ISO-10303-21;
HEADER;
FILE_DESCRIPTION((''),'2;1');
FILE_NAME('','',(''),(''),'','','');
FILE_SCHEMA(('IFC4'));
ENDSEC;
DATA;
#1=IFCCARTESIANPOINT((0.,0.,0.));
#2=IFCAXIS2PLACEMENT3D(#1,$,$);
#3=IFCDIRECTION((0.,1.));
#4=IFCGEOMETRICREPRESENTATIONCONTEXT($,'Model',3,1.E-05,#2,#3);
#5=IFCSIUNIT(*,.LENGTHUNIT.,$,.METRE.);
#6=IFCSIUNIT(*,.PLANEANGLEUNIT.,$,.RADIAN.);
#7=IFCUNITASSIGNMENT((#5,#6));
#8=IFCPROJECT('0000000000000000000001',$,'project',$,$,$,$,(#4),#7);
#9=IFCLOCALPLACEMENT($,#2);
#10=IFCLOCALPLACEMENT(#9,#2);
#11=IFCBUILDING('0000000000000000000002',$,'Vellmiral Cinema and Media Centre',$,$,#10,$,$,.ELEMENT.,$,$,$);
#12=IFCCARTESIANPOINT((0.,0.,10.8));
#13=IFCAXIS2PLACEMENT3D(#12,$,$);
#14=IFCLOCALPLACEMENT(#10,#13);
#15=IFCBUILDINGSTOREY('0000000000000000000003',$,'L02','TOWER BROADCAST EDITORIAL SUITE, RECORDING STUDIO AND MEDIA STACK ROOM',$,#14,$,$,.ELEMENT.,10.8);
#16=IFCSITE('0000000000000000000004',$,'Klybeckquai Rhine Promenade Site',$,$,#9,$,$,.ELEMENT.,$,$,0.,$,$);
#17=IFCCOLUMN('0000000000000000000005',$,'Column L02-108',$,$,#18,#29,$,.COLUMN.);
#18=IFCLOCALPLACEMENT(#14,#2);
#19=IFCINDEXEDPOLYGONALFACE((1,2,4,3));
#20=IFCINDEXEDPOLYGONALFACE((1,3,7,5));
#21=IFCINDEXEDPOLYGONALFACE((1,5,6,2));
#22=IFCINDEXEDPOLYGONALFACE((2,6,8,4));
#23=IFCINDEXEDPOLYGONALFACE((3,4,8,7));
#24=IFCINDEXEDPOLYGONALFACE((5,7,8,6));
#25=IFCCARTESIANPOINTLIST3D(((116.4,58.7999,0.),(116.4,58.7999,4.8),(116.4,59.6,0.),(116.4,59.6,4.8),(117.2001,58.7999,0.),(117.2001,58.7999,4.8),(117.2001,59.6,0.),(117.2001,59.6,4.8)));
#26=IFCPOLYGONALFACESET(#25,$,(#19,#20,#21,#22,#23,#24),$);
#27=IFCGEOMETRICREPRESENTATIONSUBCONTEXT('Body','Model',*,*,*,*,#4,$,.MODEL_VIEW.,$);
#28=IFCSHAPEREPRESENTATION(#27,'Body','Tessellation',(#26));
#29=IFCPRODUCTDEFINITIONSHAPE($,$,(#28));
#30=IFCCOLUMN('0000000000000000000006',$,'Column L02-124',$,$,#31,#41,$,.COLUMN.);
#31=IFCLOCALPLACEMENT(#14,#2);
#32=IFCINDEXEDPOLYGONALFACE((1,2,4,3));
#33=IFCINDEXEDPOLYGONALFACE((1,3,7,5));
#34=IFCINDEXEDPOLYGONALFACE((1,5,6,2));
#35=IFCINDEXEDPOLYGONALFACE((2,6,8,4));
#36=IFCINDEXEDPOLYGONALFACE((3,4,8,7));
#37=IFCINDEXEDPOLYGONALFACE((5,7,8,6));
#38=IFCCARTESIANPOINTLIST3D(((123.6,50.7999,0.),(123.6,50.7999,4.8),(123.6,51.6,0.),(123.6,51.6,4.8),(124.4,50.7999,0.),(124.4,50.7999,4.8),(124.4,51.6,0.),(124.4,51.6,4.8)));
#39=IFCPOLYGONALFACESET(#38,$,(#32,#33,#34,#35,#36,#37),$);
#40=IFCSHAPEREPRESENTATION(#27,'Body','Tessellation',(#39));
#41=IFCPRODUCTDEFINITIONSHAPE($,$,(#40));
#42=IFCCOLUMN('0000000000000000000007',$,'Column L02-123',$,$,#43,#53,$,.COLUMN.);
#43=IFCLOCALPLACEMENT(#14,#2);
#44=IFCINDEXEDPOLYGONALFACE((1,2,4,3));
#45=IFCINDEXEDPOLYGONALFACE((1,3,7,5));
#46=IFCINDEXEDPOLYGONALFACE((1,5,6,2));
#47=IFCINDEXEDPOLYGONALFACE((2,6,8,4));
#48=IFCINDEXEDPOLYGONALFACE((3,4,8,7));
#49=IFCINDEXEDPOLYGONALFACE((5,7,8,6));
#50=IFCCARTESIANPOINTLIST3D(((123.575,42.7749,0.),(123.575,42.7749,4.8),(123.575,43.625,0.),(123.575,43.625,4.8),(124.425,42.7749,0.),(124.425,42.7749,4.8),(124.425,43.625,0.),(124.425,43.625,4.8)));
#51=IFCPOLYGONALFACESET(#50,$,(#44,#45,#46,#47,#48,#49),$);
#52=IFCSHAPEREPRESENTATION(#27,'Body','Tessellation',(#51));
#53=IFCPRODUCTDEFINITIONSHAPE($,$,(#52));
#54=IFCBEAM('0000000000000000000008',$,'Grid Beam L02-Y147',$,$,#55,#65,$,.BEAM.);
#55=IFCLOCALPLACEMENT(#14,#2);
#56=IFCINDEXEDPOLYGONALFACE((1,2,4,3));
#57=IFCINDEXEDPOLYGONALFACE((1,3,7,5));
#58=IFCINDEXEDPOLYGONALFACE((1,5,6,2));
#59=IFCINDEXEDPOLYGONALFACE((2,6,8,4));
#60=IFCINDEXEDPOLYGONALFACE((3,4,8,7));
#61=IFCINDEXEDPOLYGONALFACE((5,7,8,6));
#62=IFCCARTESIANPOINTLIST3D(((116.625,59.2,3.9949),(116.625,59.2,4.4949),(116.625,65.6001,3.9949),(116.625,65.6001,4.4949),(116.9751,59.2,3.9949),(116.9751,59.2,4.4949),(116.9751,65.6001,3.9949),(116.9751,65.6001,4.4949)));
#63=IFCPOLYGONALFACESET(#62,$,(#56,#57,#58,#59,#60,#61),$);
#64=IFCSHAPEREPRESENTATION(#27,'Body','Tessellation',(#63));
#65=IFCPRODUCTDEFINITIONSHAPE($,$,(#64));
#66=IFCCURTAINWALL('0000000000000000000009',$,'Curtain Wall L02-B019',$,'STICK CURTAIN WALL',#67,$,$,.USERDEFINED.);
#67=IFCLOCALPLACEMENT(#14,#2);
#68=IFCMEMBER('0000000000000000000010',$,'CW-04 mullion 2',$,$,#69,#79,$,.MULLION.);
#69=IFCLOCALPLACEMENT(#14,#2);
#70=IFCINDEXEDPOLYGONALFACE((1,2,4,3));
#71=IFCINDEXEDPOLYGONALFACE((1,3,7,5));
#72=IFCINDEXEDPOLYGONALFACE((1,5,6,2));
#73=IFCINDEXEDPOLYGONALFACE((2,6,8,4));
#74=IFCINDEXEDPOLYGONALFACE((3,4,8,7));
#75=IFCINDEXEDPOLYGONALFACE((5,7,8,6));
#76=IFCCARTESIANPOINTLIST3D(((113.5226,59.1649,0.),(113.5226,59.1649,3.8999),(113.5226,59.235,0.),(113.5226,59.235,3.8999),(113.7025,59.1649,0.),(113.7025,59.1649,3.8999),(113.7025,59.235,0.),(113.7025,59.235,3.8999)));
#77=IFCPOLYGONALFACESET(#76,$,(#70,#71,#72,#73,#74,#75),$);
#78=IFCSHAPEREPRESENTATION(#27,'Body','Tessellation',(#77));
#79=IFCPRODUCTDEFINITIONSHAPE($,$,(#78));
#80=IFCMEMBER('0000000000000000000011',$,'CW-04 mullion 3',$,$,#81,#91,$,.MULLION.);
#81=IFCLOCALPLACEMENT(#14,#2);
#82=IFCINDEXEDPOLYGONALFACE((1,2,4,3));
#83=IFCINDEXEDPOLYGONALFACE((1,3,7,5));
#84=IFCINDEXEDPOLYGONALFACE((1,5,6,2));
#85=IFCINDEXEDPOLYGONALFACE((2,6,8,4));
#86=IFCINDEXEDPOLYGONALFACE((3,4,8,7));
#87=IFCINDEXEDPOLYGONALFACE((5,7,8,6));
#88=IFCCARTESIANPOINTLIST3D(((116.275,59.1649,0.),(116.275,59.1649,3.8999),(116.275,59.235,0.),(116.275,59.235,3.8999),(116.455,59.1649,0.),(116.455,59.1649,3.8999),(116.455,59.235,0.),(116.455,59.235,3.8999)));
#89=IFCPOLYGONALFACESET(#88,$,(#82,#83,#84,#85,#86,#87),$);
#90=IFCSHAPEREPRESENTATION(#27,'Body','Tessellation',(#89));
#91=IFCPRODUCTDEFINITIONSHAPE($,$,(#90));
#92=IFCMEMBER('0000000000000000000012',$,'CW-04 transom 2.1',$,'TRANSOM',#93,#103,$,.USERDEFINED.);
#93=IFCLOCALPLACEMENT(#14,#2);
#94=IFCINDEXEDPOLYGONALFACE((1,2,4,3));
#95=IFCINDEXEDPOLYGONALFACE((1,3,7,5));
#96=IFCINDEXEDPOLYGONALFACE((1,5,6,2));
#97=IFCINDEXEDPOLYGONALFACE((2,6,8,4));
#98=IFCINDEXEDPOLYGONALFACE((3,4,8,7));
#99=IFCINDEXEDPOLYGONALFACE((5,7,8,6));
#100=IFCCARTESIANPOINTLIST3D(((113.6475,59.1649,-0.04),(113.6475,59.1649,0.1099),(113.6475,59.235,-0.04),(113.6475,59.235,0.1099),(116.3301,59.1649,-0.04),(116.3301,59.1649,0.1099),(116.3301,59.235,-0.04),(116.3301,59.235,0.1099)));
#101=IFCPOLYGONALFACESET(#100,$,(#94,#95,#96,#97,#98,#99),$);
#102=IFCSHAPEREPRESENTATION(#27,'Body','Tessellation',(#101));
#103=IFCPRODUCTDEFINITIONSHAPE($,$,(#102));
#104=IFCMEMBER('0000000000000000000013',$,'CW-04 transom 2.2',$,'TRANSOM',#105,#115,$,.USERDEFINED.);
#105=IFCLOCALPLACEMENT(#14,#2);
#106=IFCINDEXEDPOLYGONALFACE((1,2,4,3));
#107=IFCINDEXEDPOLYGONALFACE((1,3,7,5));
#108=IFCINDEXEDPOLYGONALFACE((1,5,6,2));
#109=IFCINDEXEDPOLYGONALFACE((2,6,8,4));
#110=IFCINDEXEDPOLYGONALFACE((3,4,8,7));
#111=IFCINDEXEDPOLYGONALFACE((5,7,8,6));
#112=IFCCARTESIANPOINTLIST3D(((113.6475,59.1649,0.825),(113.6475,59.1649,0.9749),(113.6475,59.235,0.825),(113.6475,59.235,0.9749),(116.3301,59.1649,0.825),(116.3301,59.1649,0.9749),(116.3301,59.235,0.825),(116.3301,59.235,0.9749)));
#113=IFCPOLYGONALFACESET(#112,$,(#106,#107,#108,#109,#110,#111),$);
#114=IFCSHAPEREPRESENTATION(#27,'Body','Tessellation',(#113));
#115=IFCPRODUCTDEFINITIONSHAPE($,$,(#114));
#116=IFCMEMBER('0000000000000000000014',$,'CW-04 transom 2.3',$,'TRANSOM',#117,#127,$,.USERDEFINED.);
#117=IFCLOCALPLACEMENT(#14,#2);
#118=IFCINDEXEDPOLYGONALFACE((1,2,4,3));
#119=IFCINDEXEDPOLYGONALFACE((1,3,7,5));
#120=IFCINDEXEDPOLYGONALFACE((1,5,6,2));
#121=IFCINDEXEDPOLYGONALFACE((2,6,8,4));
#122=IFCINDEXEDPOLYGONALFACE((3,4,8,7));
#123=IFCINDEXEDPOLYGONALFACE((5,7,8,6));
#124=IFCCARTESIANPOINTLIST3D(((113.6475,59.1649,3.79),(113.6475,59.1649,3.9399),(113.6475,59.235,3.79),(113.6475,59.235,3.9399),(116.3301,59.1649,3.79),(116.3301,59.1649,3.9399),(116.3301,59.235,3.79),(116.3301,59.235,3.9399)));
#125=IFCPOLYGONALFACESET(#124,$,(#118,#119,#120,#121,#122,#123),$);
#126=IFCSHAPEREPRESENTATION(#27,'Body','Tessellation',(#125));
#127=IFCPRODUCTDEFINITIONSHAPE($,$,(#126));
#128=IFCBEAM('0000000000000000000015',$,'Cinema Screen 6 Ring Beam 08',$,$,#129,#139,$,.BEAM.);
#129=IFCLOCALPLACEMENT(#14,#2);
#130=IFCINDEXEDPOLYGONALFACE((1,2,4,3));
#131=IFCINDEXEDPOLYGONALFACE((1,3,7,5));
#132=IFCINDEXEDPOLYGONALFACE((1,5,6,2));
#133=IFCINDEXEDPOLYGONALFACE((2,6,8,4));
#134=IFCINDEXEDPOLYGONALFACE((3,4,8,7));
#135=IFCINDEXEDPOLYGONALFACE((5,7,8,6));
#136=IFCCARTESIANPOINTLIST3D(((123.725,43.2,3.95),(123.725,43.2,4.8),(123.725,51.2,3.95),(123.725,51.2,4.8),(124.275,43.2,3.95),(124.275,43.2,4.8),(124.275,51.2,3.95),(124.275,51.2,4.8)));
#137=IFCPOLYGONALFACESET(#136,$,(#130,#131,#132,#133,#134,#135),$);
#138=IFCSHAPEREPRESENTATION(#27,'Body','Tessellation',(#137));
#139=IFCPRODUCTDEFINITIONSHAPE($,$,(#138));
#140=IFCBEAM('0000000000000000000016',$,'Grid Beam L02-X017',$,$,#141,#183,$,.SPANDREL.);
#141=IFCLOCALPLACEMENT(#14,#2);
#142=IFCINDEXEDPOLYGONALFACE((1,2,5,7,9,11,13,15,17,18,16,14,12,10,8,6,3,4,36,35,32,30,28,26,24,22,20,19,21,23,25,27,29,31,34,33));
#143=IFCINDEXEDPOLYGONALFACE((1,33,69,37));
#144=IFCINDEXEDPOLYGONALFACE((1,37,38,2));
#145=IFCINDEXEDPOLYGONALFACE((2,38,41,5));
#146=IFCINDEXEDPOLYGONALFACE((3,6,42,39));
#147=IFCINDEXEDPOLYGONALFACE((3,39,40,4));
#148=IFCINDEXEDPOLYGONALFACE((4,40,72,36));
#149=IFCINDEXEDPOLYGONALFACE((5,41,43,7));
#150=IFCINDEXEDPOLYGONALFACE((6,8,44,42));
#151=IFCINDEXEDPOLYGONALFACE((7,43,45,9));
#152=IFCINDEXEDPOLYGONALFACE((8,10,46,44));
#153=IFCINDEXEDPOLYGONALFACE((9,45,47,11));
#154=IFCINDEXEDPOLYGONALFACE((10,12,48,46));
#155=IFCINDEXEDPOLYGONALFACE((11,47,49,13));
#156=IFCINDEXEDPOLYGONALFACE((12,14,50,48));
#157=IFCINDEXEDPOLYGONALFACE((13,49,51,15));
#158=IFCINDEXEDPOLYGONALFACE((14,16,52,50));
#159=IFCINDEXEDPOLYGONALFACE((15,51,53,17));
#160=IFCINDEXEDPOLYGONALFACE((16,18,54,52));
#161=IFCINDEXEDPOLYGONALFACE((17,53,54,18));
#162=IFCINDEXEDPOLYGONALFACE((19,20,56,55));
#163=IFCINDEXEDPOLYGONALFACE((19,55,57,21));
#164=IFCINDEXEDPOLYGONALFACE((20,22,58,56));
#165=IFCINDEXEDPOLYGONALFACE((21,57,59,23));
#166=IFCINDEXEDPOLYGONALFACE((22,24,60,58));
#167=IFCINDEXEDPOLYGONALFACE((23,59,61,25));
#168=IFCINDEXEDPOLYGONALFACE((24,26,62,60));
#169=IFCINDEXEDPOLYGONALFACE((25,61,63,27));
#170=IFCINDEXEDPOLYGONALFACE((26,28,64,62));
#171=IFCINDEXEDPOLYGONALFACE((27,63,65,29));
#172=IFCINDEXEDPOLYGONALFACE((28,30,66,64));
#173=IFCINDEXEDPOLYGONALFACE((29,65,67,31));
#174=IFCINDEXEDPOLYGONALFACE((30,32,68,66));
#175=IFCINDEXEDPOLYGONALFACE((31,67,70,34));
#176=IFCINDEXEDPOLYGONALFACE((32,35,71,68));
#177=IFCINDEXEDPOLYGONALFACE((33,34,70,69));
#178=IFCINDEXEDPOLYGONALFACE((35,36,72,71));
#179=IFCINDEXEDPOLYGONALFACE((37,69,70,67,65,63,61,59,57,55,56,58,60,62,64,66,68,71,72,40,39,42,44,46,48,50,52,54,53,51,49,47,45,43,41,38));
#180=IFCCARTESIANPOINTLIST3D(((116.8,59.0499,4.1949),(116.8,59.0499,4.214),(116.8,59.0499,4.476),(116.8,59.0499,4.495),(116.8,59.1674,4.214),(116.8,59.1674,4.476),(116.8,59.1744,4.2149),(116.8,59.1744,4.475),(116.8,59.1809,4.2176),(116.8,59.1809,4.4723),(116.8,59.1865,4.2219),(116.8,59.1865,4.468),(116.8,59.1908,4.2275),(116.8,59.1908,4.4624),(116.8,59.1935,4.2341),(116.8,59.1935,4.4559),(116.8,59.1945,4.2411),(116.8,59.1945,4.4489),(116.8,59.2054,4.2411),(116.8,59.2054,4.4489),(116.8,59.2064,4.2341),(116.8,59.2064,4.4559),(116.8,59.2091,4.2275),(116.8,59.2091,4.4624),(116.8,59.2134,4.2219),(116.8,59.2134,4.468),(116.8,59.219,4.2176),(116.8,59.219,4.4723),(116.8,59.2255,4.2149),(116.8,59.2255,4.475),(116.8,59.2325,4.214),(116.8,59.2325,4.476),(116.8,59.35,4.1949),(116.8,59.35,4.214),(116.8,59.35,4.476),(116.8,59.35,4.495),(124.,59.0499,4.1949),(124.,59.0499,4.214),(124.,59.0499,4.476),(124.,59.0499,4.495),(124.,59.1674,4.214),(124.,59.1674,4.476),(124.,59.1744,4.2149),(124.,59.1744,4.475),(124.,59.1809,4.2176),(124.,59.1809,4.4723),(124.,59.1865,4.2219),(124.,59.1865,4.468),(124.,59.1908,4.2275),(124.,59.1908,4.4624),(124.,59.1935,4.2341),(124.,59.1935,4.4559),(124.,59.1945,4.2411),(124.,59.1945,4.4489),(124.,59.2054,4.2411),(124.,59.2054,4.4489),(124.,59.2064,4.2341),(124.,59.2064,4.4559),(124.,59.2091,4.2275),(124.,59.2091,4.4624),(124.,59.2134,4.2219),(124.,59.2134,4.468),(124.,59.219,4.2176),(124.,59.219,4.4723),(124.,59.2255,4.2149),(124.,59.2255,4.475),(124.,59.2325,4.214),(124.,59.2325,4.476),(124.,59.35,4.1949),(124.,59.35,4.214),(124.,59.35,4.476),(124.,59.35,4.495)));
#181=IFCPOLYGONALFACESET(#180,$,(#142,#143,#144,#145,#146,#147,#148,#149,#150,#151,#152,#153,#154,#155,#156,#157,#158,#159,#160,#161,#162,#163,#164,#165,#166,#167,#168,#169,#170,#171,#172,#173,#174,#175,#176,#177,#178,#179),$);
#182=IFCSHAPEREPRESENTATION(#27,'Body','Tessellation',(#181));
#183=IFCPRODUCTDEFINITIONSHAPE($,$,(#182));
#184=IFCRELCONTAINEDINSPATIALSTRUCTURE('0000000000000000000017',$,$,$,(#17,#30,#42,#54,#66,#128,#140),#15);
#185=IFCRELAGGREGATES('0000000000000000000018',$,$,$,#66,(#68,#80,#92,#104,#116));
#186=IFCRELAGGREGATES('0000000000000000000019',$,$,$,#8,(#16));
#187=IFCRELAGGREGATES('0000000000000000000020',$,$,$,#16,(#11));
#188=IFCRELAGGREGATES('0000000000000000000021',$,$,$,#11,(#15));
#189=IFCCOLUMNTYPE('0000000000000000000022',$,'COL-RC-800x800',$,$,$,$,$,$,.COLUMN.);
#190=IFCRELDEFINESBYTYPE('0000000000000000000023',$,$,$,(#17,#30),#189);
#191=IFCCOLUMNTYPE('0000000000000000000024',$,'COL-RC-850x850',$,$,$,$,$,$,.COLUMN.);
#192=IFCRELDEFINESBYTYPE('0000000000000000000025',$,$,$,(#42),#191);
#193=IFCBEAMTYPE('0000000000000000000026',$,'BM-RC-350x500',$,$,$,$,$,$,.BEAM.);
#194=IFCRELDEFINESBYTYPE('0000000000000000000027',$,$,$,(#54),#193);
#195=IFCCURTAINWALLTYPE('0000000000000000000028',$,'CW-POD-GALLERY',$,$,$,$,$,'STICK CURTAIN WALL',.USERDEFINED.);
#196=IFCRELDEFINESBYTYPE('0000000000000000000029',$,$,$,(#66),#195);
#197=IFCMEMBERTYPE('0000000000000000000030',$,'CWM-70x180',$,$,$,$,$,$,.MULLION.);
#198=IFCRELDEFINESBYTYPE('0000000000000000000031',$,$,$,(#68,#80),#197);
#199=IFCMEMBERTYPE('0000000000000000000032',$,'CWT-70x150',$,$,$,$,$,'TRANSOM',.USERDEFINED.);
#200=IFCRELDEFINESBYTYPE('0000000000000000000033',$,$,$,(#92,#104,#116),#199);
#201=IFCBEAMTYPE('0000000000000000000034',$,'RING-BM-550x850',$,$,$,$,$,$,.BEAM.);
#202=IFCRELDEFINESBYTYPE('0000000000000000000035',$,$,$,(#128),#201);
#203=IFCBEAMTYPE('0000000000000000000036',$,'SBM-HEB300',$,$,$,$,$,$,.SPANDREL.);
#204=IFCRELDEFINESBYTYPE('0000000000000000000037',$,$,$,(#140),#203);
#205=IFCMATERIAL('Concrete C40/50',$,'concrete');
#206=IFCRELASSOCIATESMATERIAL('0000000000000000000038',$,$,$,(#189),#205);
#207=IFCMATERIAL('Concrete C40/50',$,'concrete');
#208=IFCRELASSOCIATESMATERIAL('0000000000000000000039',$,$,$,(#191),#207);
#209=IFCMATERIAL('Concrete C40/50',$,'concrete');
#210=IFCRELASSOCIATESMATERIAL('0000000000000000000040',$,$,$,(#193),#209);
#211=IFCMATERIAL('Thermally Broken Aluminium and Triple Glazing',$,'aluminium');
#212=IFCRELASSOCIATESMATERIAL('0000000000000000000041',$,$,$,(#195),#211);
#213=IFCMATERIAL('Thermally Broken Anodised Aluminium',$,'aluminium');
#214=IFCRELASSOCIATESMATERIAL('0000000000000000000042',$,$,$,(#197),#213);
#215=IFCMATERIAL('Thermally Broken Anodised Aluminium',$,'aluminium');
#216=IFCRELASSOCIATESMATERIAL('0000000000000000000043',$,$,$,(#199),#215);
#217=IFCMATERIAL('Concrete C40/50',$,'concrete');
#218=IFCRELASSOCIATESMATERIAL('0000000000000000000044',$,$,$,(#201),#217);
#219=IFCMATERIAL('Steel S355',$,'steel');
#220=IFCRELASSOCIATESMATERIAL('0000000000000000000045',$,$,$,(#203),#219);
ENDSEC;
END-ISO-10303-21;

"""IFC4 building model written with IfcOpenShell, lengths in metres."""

from ifc_helpers import new_model, si_unit, direction, frame, origin, origin_2d, place, context, subcontext, project, spatial, rectangle, i_section, extrude, material, material_profile, profile_set, type_object, element, aggregate, save


model = new_model("IFC4")

# Units and contexts
model_context = context("Model", 3, precision=1e-05, world=origin(), true_north=direction((0.0, 1.0)))
body_context = subcontext(model_context, "Body", "Model", "MODEL_VIEW")
ifc_project = project(units=[si_unit("LENGTHUNIT", "METRE"), si_unit("PLANEANGLEUNIT", "RADIAN")], contexts=[model_context])

# Site, building, storey
site_placement = place(None, origin())
site = spatial("IfcSite", under=ifc_project, at=site_placement, Name="Klybeckquai Rhine Promenade Site", CompositionType="ELEMENT", RefElevation=0.0)
building_placement = place(site_placement, origin())
building = spatial("IfcBuilding", under=site, at=building_placement, Name="Vellmiral Cinema and Media Centre", CompositionType="ELEMENT")
storey_placement = place(building_placement, frame((0.0, 0.0, 10.8)))
storey = spatial("IfcBuildingStorey", under=building, at=storey_placement, Name="L02", Description="TOWER BROADCAST EDITORIAL SUITE, RECORDING STUDIO AND MEDIA STACK ROOM", CompositionType="ELEMENT", Elevation=10.8)

# Columns
ifc_material_1 = material(Name="Concrete C40/50", Category="concrete")
ifc_material_profile_1 = material_profile(ifc_material_1, rectangle(XDim=0.8, YDim=0.8, at=origin_2d()), Name="RC 800x800")
ifc_profile_set_1 = profile_set([ifc_material_profile_1], Name="Concrete C40/50")
column_type_1 = type_object("IfcColumnType", Name="COL-RC-800x800", PredefinedType="COLUMN", material=ifc_profile_set_1)
for number, where, z_axis, x_axis, name in (
    (1, (116.8, 59.2, 0.0), (0.0, 0.0, 1.0), (1.0, 0.0, 0.0), "Column L02-108"),
    (2, (124.0, 51.2, 0.0), (0.0, 0.0, 1.0), (1.0, 0.0, 0.0), "Column L02-124"),
):
    element("IfcColumn", number, at=place(storey_placement, frame(where, z_axis=z_axis, x_axis=x_axis)), inside=storey, type_object=column_type_1, Name=name, PredefinedType="COLUMN", context=body_context, shape_type="SweptSolid", body=[
        extrude(rectangle(XDim=0.8, YDim=0.8, at=origin_2d()), origin(), (0.0, 0.0, 1.0), 4.8),
    ])
ifc_material_2 = material(Name="Concrete C40/50", Category="concrete")
ifc_material_profile_2 = material_profile(ifc_material_2, rectangle(XDim=0.8501, YDim=0.8501, at=origin_2d()), Name="RC 850x850")
ifc_profile_set_2 = profile_set([ifc_material_profile_2], Name="Concrete C40/50")
column_type_2 = type_object("IfcColumnType", Name="COL-RC-850x850", PredefinedType="COLUMN", material=ifc_profile_set_2)
column_placement = place(storey_placement, frame((124.0, 43.2, 0.0), z_axis=(0.0, 0.0, 1.0), x_axis=(1.0, 0.0, 0.0)))
element("IfcColumn", 3, at=column_placement, inside=storey, type_object=column_type_2, Name="Column L02-123", PredefinedType="COLUMN", context=body_context, shape_type="SweptSolid", body=[
    extrude(rectangle(XDim=0.8501, YDim=0.8501, at=origin_2d()), origin(), (0.0, 0.0, 1.0), 4.8),
])

# Beam
ifc_material_3 = material(Name="Concrete C40/50", Category="concrete")
ifc_material_profile_3 = material_profile(ifc_material_3, rectangle(XDim=0.3501, YDim=0.5, at=origin_2d()), Name="RC 350x500")
ifc_profile_set_3 = profile_set([ifc_material_profile_3], Name="Concrete C40/50")
beam_type_1 = type_object("IfcBeamType", Name="BM-RC-350x500", PredefinedType="BEAM", material=ifc_profile_set_3)
beam_1_placement = place(storey_placement, frame((116.8, 59.2, 4.2449), z_axis=(0.0, 1.0, 0.0), x_axis=(-1.0, 0.0, 0.0)))
element("IfcBeam", 4, at=beam_1_placement, inside=storey, type_object=beam_type_1, Name="Grid Beam L02-Y147", PredefinedType="BEAM", context=body_context, shape_type="SweptSolid", body=[
    extrude(rectangle(XDim=0.3501, YDim=0.5, at=origin_2d()), origin(), (0.0, 0.0, 1.0), 6.4001),
])

# Curtain wall, members
ifc_material_4 = material(Name="Thermally Broken Aluminium and Triple Glazing", Category="aluminium")
curtain_wall_type = type_object("IfcCurtainWallType", Name="CW-POD-GALLERY", ElementType="STICK CURTAIN WALL", PredefinedType="USERDEFINED", material=ifc_material_4)
curtain_wall_placement = place(storey_placement, origin())
curtain_wall = element("IfcCurtainWall", 5, at=curtain_wall_placement, inside=storey, type_object=curtain_wall_type, Name="Curtain Wall L02-B019", ObjectType="STICK CURTAIN WALL", PredefinedType="USERDEFINED")
ifc_material_5 = material(Name="Thermally Broken Anodised Aluminium", Category="aluminium")
ifc_material_profile_4 = material_profile(ifc_material_5, rectangle(XDim=0.0701, YDim=0.1799, at=origin_2d()), Name="MULL 70x180")
ifc_profile_set_4 = profile_set([ifc_material_profile_4], Name="Thermally Broken Anodised Aluminium")
member_type_1 = type_object("IfcMemberType", Name="CWM-70x180", PredefinedType="MULLION", material=ifc_profile_set_4)
member_1_placement = place(storey_placement, frame((113.6125, 59.2, 0.0), z_axis=(0.0, 0.0, 1.0), x_axis=(0.0, 1.0, 0.0)))
member_1 = element("IfcMember", 6, at=member_1_placement, type_object=member_type_1, Name="CW-04 mullion 2", PredefinedType="MULLION", context=body_context, shape_type="SweptSolid", body=[
    extrude(rectangle(XDim=0.0701, YDim=0.1799, at=origin_2d()), origin(), (0.0, 0.0, 1.0), 3.8999),
])
member_2_placement = place(storey_placement, frame((116.365, 59.2, 0.0), z_axis=(0.0, 0.0, 1.0), x_axis=(0.0, 1.0, 0.0)))
member_2 = element("IfcMember", 7, at=member_2_placement, type_object=member_type_1, Name="CW-04 mullion 3", PredefinedType="MULLION", context=body_context, shape_type="SweptSolid", body=[
    extrude(rectangle(XDim=0.0701, YDim=0.1799, at=origin_2d()), origin(), (0.0, 0.0, 1.0), 3.8999),
])
ifc_material_6 = material(Name="Thermally Broken Anodised Aluminium", Category="aluminium")
ifc_material_profile_5 = material_profile(ifc_material_6, rectangle(XDim=0.0701, YDim=0.1499, at=origin_2d()), Name="MULL 70x150")
ifc_profile_set_5 = profile_set([ifc_material_profile_5], Name="Thermally Broken Anodised Aluminium")
member_type_2 = type_object("IfcMemberType", Name="CWT-70x150", ElementType="TRANSOM", PredefinedType="USERDEFINED", material=ifc_profile_set_5)
member_3_placement = place(storey_placement, frame((113.6475, 59.2, 0.0349), z_axis=(1.0, 0.0, 0.0), x_axis=(0.0, 1.0, 0.0)))
member_3 = element("IfcMember", 8, at=member_3_placement, type_object=member_type_2, Name="CW-04 transom 2.1", ObjectType="TRANSOM", PredefinedType="USERDEFINED", context=body_context, shape_type="SweptSolid", body=[
    extrude(rectangle(XDim=0.0701, YDim=0.1499, at=origin_2d()), origin(), (0.0, 0.0, 1.0), 2.6826),
])
member_4_placement = place(storey_placement, frame((113.6475, 59.2, 0.8999), z_axis=(1.0, 0.0, 0.0), x_axis=(0.0, 1.0, 0.0)))
member_4 = element("IfcMember", 9, at=member_4_placement, type_object=member_type_2, Name="CW-04 transom 2.2", ObjectType="TRANSOM", PredefinedType="USERDEFINED", context=body_context, shape_type="SweptSolid", body=[
    extrude(rectangle(XDim=0.0701, YDim=0.1499, at=origin_2d()), origin(), (0.0, 0.0, 1.0), 2.6826),
])
member_5_placement = place(storey_placement, frame((113.6475, 59.2, 3.865), z_axis=(1.0, 0.0, 0.0), x_axis=(0.0, 1.0, 0.0)))
member_5 = element("IfcMember", 10, at=member_5_placement, type_object=member_type_2, Name="CW-04 transom 2.3", ObjectType="TRANSOM", PredefinedType="USERDEFINED", context=body_context, shape_type="SweptSolid", body=[
    extrude(rectangle(XDim=0.0701, YDim=0.1499, at=origin_2d()), origin(), (0.0, 0.0, 1.0), 2.6826),
])

# Beams
ifc_material_7 = material(Name="Concrete C40/50", Category="concrete")
ifc_material_profile_6 = material_profile(ifc_material_7, rectangle(XDim=0.55, YDim=0.8501, at=origin_2d()), Name="RC 550x850")
ifc_profile_set_6 = profile_set([ifc_material_profile_6], Name="Concrete C40/50")
beam_type_2 = type_object("IfcBeamType", Name="RING-BM-550x850", PredefinedType="BEAM", material=ifc_profile_set_6)
beam_2_placement = place(storey_placement, frame((124.0, 43.2, 4.375), z_axis=(0.0, 1.0, 0.0), x_axis=(-1.0, 0.0, 0.0)))
element("IfcBeam", 11, at=beam_2_placement, inside=storey, type_object=beam_type_2, Name="Cinema Screen 6 Ring Beam 08", PredefinedType="BEAM", context=body_context, shape_type="SweptSolid", body=[
    extrude(rectangle(XDim=0.55, YDim=0.8501, at=origin_2d()), origin(), (0.0, 0.0, 1.0), 8.0),
])
ifc_material_8 = material(Name="Steel S355", Category="steel")
ifc_material_profile_7 = material_profile(ifc_material_8, i_section(OverallWidth=0.3, OverallDepth=0.3, WebThickness=0.011, FlangeThickness=0.019, FilletRadius=0.0271, at=origin_2d()), Name="HEB 300")
ifc_profile_set_7 = profile_set([ifc_material_profile_7], Name="Steel S355")
beam_type_3 = type_object("IfcBeamType", Name="SBM-HEB300", PredefinedType="SPANDREL", material=ifc_profile_set_7)
beam_3_placement = place(storey_placement, frame((116.8, 59.2, 4.345), z_axis=(1.0, 0.0, 0.0), x_axis=(0.0, 1.0, 0.0)))
element("IfcBeam", 12, at=beam_3_placement, inside=storey, type_object=beam_type_3, Name="Grid Beam L02-X017", PredefinedType="SPANDREL", context=body_context, shape_type="SweptSolid", body=[
    extrude(i_section(OverallWidth=0.3, OverallDepth=0.3, WebThickness=0.011, FlangeThickness=0.019, FilletRadius=0.0271, at=origin_2d()), origin(), (0.0, 0.0, 1.0), 7.2),
])

aggregate(curtain_wall, [member_1, member_2, member_3, member_4, member_5])

save(model, "model.ifc")
